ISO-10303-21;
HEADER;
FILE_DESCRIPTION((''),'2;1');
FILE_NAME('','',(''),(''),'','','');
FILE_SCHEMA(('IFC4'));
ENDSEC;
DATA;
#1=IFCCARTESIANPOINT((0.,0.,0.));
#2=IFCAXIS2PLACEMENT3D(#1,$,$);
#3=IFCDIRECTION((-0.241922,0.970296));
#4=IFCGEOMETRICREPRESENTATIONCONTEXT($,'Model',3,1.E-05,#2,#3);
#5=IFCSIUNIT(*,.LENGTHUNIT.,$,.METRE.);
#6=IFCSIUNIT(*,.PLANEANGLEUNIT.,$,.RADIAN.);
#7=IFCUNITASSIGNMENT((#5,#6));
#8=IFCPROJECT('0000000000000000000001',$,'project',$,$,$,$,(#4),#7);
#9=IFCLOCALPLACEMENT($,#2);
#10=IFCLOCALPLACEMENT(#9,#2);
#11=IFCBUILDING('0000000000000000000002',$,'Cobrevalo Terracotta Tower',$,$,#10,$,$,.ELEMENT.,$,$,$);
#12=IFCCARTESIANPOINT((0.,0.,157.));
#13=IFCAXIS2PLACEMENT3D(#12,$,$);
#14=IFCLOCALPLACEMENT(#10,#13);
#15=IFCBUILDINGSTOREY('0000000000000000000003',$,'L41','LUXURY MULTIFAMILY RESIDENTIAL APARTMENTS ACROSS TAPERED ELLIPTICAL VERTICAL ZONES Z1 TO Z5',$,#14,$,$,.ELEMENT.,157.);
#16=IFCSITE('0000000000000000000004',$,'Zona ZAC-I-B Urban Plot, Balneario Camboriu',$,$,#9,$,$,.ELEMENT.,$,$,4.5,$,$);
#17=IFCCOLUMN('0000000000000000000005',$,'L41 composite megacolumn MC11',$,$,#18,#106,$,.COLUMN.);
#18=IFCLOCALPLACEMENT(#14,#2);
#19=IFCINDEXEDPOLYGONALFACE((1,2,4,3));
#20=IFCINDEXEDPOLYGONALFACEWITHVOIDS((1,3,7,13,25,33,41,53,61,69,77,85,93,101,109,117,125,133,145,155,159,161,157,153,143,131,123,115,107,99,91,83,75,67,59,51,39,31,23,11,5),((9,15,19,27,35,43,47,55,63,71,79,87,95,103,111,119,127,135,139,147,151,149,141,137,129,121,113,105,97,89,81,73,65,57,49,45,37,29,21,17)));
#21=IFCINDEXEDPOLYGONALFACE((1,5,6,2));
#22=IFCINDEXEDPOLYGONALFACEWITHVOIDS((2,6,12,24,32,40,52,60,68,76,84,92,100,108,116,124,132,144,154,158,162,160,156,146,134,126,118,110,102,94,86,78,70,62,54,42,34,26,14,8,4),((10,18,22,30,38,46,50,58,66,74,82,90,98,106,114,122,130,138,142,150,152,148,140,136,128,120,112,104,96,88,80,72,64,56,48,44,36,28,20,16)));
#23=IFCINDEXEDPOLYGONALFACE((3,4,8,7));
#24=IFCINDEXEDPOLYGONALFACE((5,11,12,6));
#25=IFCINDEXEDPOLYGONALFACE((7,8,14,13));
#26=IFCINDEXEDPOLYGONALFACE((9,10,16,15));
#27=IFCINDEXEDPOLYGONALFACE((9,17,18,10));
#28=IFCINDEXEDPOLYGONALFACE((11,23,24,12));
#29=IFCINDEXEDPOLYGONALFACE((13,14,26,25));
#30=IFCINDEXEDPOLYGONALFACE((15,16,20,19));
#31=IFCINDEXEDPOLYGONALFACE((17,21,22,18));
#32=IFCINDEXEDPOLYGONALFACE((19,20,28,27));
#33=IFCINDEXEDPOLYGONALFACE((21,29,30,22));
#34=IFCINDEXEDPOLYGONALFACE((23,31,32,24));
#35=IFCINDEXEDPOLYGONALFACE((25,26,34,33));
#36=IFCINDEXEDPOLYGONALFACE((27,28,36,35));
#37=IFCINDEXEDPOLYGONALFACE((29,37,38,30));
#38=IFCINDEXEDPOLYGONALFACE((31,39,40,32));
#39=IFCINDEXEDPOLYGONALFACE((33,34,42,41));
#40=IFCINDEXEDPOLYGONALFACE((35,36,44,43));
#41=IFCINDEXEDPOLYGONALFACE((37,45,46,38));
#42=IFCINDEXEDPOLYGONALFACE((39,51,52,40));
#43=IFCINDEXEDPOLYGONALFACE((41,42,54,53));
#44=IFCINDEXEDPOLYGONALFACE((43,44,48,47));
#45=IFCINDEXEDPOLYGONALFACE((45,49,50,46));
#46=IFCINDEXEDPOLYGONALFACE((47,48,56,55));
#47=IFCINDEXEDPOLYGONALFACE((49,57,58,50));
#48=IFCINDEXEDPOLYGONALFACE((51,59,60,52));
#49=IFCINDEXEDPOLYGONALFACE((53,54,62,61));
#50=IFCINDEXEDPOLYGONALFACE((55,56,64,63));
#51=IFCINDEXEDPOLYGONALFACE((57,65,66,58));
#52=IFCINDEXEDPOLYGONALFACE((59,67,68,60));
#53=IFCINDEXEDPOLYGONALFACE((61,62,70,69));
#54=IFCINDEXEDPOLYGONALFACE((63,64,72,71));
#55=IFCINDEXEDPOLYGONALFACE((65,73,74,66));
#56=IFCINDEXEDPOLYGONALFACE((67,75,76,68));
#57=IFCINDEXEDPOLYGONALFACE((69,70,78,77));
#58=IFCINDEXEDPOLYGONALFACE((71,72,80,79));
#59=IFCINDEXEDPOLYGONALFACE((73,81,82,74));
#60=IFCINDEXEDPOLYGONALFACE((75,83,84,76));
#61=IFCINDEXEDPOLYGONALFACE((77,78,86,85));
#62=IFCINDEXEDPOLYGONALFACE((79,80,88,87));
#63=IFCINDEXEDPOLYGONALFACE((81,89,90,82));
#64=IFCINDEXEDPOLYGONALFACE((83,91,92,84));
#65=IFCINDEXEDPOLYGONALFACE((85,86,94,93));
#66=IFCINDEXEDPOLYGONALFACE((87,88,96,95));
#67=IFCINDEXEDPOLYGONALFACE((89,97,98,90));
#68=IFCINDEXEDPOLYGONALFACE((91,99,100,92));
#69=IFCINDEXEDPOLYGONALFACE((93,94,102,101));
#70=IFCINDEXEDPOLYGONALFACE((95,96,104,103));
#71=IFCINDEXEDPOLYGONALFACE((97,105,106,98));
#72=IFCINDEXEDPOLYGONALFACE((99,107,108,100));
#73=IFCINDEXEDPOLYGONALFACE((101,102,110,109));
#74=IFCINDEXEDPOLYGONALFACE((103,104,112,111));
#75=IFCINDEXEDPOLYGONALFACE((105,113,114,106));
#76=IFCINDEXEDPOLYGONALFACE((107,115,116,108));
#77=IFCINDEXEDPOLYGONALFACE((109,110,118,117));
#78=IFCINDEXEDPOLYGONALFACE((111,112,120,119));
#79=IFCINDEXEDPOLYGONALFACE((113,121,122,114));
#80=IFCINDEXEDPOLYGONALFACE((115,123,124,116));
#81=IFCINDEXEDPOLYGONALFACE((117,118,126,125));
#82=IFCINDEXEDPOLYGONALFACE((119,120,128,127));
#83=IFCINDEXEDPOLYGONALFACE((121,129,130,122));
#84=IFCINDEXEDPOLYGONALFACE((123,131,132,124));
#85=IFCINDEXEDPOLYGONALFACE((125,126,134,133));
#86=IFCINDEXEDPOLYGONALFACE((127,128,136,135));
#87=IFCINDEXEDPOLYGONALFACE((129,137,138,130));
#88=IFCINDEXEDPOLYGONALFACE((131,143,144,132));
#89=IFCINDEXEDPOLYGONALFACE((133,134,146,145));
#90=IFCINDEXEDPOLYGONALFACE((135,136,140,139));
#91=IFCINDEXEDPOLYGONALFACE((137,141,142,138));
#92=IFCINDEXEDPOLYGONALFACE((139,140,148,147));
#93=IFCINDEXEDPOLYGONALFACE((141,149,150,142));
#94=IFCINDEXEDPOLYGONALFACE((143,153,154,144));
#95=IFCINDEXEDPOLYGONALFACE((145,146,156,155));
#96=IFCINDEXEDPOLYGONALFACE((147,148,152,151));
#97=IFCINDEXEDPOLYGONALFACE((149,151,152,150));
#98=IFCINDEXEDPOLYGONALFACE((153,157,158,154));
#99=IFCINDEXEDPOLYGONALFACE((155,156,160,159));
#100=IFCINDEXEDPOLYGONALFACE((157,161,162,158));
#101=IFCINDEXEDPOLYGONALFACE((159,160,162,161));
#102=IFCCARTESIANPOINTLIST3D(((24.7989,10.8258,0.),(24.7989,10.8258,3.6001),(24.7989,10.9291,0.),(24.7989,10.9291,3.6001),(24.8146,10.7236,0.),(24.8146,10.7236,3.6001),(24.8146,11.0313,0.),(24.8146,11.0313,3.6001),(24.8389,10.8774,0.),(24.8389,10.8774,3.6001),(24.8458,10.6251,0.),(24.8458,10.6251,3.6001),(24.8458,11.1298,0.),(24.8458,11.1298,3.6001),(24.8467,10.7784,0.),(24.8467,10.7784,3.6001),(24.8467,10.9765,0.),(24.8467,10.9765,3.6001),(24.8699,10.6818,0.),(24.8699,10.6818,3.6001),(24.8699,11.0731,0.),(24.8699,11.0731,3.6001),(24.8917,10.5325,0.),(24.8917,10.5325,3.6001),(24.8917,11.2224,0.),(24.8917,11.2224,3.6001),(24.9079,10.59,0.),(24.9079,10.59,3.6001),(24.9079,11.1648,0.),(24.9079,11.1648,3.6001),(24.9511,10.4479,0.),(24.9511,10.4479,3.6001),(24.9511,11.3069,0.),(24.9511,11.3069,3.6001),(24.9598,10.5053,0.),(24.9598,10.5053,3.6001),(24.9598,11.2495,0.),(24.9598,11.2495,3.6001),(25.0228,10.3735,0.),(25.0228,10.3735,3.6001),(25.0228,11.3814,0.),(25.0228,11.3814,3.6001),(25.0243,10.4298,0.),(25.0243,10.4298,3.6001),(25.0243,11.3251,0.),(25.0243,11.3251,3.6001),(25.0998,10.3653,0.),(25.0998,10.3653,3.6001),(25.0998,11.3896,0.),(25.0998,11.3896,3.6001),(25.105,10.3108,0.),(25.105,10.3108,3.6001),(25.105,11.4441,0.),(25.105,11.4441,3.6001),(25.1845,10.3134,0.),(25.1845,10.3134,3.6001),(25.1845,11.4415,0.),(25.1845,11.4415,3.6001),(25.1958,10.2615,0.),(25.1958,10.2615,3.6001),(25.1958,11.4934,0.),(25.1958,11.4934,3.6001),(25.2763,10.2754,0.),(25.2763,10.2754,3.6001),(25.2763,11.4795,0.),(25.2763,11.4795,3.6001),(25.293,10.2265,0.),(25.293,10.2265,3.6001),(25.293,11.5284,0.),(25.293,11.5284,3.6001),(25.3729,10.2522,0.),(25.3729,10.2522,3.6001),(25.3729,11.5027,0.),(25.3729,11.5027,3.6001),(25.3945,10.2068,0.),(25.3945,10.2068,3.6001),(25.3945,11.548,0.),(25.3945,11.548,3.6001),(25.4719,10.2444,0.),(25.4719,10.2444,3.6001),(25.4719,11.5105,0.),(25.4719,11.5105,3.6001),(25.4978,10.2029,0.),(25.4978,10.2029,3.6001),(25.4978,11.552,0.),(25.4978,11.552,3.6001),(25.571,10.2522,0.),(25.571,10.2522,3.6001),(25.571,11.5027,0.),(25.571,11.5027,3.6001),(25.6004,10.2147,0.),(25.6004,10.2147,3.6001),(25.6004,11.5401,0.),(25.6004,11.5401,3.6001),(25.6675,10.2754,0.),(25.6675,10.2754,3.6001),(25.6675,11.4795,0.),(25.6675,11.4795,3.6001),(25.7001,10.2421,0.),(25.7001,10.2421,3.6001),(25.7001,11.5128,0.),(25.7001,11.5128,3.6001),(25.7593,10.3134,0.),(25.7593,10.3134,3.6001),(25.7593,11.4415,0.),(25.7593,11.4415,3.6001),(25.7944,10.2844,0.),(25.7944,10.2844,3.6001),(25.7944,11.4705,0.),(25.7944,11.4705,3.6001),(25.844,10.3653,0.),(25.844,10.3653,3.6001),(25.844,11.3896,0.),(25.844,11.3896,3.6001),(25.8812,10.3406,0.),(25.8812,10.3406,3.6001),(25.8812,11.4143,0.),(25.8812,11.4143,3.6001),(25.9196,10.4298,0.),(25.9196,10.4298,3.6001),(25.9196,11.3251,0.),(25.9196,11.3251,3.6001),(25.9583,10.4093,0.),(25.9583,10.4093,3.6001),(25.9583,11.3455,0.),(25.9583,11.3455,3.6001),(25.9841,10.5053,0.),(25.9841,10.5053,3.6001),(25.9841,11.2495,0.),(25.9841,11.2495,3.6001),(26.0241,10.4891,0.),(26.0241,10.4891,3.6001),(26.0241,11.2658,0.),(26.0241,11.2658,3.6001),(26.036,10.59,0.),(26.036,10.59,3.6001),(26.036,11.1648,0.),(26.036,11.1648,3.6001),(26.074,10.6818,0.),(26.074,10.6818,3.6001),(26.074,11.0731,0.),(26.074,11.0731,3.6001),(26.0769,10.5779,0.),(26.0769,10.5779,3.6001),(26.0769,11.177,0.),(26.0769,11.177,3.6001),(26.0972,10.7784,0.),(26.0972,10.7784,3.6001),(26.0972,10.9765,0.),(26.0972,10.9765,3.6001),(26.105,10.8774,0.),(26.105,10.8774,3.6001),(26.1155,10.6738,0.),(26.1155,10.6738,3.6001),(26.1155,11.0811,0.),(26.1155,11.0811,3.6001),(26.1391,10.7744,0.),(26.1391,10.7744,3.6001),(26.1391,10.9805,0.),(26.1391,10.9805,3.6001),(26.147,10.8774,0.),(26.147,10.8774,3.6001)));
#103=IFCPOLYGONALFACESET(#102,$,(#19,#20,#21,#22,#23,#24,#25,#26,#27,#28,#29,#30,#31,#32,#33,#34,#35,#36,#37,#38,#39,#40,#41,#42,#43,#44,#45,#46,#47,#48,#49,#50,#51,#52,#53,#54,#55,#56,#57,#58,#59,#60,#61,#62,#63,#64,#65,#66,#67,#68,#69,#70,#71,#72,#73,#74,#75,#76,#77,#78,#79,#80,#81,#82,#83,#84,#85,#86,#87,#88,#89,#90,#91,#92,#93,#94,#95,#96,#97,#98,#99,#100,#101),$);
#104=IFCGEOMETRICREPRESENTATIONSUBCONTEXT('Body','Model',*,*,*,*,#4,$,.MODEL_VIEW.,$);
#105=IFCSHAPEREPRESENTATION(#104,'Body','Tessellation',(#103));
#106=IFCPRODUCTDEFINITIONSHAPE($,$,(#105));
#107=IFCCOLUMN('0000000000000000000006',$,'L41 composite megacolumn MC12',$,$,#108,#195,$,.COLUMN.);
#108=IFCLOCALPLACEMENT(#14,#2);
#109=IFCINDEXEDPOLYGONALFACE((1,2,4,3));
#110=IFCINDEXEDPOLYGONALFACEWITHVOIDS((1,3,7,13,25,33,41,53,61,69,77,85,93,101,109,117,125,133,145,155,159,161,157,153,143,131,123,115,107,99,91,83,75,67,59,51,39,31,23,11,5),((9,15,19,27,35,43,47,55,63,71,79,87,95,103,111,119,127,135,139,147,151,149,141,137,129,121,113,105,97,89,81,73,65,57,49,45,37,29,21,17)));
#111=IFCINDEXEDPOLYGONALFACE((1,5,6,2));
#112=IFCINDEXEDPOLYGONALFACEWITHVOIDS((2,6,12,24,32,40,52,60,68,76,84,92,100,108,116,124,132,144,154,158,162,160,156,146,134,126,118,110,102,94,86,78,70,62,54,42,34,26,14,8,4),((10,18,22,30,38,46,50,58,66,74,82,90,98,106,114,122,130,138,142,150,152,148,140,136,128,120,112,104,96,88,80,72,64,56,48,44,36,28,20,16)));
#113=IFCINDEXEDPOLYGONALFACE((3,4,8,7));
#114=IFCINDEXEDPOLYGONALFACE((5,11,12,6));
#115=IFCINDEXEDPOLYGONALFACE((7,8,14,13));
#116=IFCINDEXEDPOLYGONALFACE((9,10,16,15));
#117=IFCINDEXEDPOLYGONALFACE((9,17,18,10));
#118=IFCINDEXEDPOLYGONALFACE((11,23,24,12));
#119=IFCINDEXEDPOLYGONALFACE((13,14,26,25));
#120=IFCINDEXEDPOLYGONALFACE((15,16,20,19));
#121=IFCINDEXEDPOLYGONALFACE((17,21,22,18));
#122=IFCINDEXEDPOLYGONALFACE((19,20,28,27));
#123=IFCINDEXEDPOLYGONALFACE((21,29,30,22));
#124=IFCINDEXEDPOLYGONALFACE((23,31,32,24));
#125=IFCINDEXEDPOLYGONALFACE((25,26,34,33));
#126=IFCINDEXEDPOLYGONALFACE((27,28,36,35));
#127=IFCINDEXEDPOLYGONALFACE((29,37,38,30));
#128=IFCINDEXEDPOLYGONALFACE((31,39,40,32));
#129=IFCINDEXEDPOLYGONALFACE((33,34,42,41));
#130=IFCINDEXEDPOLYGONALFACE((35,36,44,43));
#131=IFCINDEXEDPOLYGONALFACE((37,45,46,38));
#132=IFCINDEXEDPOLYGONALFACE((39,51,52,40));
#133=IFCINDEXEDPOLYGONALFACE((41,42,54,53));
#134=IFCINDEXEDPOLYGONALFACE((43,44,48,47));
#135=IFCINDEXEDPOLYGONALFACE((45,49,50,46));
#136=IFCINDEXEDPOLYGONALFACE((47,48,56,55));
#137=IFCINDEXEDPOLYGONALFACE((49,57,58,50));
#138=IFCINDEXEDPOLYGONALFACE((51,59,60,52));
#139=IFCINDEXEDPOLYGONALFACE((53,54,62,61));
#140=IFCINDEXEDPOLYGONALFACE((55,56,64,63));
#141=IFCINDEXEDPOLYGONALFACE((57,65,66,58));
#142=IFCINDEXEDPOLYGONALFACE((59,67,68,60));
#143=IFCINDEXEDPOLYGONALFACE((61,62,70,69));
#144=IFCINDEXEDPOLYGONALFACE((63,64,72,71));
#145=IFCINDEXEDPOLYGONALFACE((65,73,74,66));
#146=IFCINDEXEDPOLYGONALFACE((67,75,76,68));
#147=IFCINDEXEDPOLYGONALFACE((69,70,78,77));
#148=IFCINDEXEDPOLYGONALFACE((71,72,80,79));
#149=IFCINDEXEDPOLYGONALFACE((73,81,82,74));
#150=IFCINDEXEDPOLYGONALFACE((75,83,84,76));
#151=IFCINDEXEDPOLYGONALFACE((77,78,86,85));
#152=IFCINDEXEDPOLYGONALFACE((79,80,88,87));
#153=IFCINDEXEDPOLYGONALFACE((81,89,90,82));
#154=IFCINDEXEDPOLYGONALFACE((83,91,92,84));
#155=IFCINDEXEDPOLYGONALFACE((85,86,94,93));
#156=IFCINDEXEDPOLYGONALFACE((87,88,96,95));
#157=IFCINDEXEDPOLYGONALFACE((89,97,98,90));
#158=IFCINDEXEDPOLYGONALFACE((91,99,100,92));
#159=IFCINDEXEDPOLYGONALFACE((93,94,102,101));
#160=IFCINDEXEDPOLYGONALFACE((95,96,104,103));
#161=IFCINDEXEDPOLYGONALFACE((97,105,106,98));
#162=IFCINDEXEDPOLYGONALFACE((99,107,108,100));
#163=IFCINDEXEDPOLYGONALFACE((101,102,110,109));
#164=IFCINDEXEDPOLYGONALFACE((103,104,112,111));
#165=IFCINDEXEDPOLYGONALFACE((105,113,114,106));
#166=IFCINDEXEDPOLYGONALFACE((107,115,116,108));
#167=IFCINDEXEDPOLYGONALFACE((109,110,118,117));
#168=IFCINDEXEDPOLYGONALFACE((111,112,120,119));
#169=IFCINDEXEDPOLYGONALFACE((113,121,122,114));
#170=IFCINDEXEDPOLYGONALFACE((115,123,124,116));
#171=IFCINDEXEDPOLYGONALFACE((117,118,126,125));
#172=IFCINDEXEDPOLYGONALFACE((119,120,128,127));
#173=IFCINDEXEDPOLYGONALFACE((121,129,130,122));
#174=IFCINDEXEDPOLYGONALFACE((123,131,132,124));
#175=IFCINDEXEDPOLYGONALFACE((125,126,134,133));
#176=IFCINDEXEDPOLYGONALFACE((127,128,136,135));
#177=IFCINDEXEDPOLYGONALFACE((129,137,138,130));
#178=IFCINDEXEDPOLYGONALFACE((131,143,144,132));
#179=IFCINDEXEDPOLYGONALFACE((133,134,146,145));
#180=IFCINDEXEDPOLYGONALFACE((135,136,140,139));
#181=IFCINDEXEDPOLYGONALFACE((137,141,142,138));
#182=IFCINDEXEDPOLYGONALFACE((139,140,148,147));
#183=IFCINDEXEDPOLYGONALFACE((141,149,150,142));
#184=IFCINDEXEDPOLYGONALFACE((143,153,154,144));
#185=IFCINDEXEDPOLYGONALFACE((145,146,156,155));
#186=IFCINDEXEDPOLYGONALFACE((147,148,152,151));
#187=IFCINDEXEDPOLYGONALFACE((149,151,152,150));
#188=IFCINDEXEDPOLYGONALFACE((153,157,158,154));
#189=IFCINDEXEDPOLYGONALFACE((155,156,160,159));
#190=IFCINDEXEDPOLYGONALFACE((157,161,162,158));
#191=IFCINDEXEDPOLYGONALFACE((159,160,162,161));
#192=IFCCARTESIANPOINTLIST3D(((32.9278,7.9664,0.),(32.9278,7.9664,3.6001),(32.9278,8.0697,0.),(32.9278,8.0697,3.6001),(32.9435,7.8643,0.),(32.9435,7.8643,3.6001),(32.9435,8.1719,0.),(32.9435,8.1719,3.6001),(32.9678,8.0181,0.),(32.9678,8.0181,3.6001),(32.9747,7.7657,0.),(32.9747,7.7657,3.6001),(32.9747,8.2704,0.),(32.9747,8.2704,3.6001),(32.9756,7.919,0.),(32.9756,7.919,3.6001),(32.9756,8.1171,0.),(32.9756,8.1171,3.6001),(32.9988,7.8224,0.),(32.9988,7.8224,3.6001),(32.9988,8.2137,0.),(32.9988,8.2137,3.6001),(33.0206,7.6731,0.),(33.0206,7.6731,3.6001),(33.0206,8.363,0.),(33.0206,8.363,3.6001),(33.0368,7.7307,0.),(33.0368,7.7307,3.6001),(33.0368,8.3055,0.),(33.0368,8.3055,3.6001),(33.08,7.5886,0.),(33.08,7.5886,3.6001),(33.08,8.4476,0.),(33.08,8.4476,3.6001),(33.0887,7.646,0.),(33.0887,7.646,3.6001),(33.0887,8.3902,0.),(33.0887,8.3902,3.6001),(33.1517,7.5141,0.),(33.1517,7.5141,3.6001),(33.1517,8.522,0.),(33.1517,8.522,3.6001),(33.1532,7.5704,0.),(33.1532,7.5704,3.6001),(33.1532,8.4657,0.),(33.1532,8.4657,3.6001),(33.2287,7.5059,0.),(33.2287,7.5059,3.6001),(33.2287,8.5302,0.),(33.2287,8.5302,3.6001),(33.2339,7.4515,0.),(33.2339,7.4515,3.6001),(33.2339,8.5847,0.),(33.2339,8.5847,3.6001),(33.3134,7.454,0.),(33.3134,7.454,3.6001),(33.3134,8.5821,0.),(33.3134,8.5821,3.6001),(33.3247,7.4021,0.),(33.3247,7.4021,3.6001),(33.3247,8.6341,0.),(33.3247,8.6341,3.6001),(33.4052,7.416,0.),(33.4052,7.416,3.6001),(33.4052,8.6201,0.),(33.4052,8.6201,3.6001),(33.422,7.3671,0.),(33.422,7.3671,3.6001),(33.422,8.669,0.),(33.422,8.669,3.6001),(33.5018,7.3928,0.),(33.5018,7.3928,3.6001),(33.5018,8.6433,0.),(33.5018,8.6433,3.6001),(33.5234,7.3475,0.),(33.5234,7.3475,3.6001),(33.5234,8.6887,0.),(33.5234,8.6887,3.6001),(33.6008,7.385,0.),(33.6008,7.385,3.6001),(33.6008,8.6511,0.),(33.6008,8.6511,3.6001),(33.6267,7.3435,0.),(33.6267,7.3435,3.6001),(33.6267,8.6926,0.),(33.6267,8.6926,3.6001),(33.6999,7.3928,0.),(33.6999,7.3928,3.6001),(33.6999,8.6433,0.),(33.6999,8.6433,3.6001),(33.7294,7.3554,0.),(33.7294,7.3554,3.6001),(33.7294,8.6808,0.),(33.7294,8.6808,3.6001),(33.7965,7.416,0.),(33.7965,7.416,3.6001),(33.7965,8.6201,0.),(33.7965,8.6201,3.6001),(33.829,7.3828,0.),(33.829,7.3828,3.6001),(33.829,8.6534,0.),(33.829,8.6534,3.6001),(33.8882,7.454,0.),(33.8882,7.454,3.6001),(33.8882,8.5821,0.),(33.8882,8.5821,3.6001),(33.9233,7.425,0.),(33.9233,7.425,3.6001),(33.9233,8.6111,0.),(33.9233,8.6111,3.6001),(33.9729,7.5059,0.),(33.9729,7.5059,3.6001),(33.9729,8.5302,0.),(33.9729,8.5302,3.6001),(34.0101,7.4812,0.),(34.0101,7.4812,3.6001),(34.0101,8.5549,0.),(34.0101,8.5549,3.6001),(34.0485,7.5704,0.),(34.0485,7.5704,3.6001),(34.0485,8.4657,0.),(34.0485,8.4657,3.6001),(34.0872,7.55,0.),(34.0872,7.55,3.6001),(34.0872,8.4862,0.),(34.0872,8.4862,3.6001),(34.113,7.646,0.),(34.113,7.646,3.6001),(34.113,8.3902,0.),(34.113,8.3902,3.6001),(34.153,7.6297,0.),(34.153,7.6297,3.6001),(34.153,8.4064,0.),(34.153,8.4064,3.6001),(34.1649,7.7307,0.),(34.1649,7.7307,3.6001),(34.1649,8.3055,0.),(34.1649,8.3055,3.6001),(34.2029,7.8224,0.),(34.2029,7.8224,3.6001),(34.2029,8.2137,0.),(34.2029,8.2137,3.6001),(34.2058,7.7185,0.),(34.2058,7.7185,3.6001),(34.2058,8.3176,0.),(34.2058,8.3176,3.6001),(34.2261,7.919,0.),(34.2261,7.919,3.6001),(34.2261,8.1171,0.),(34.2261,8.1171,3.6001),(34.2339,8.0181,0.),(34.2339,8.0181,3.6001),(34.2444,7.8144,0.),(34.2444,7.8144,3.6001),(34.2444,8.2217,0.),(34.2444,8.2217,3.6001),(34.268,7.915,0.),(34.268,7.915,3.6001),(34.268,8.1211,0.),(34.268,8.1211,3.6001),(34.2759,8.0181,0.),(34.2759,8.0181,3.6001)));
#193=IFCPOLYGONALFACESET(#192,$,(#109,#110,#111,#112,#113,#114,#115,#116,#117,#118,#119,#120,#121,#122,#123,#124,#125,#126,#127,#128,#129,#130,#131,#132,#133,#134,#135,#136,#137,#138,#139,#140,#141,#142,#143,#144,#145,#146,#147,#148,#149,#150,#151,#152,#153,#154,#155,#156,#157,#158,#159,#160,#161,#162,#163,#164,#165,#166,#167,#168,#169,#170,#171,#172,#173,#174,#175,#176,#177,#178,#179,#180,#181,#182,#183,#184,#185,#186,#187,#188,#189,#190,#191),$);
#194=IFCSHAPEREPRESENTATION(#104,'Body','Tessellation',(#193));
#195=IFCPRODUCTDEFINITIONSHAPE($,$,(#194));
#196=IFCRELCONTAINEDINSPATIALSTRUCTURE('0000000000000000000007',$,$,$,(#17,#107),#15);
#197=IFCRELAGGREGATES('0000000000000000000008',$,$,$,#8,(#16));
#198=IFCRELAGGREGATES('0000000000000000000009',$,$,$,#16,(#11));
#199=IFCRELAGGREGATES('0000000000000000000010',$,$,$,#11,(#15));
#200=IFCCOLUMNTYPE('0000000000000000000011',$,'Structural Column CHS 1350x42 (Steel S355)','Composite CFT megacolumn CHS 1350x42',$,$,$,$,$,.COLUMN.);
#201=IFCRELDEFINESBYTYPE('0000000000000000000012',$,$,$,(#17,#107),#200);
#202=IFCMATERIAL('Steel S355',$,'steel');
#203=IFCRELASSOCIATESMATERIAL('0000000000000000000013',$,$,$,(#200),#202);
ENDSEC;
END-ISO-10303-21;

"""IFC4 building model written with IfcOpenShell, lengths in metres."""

from ifc_helpers import new_model, si_unit, direction, frame, origin, origin_2d, place, context, subcontext, project, spatial, hollow_circle, extrude, material, material_profile, profile_set, type_object, element, save


model = new_model("IFC4")

# Units and contexts
model_context = context("Model", 3, precision=1e-05, world=origin(), true_north=direction((-0.241922, 0.970296)))
body_context = subcontext(model_context, "Body", "Model", "MODEL_VIEW")
ifc_project = project(units=[si_unit("LENGTHUNIT", "METRE"), si_unit("PLANEANGLEUNIT", "RADIAN")], contexts=[model_context])

# Site, building, storey
site_placement = place(None, origin())
site = spatial("IfcSite", under=ifc_project, at=site_placement, Name="Zona ZAC-I-B Urban Plot, Balneario Camboriu", CompositionType="ELEMENT", RefElevation=4.5)
building_placement = place(site_placement, origin())
building = spatial("IfcBuilding", under=site, at=building_placement, Name="Cobrevalo Terracotta Tower", CompositionType="ELEMENT")
storey_placement = place(building_placement, frame((0.0, 0.0, 157.0)))
storey = spatial("IfcBuildingStorey", under=building, at=storey_placement, Name="L41", Description="LUXURY MULTIFAMILY RESIDENTIAL APARTMENTS ACROSS TAPERED ELLIPTICAL VERTICAL ZONES Z1 TO Z5", CompositionType="ELEMENT", Elevation=157.0)

# Columns
ifc_material_1 = material(Name="Steel S355", Category="steel")
ifc_material_profile_1 = material_profile(ifc_material_1, hollow_circle(Radius=0.675, WallThickness=0.042, at=origin_2d()), Name="CHS 1350x42")
ifc_profile_set_1 = profile_set([ifc_material_profile_1], Name="Steel S355")
column_type = type_object("IfcColumnType", Name="Structural Column CHS 1350x42 (Steel S355)", Description="Composite CFT megacolumn CHS 1350x42", PredefinedType="COLUMN", material=ifc_profile_set_1)
for number, where, z_axis, x_axis, name in (
    (1, (25.4719, 10.8774, 0.0), (0.0, 0.0, 1.0), (1.0, 0.0, 0.0), "L41 composite megacolumn MC11"),
    (2, (33.6008, 8.0181, 0.0), (0.0, 0.0, 1.0), (1.0, 0.0, 0.0), "L41 composite megacolumn MC12"),
):
    element("IfcColumn", number, at=place(storey_placement, frame(where, z_axis=z_axis, x_axis=x_axis)), inside=storey, type_object=column_type, Name=name, PredefinedType="COLUMN", context=body_context, shape_type="SweptSolid", body=[
        extrude(hollow_circle(Radius=0.675, WallThickness=0.042, at=origin_2d()), origin(), (0.0, 0.0, 1.0), 3.6001),
    ])

save(model, "model.ifc")
